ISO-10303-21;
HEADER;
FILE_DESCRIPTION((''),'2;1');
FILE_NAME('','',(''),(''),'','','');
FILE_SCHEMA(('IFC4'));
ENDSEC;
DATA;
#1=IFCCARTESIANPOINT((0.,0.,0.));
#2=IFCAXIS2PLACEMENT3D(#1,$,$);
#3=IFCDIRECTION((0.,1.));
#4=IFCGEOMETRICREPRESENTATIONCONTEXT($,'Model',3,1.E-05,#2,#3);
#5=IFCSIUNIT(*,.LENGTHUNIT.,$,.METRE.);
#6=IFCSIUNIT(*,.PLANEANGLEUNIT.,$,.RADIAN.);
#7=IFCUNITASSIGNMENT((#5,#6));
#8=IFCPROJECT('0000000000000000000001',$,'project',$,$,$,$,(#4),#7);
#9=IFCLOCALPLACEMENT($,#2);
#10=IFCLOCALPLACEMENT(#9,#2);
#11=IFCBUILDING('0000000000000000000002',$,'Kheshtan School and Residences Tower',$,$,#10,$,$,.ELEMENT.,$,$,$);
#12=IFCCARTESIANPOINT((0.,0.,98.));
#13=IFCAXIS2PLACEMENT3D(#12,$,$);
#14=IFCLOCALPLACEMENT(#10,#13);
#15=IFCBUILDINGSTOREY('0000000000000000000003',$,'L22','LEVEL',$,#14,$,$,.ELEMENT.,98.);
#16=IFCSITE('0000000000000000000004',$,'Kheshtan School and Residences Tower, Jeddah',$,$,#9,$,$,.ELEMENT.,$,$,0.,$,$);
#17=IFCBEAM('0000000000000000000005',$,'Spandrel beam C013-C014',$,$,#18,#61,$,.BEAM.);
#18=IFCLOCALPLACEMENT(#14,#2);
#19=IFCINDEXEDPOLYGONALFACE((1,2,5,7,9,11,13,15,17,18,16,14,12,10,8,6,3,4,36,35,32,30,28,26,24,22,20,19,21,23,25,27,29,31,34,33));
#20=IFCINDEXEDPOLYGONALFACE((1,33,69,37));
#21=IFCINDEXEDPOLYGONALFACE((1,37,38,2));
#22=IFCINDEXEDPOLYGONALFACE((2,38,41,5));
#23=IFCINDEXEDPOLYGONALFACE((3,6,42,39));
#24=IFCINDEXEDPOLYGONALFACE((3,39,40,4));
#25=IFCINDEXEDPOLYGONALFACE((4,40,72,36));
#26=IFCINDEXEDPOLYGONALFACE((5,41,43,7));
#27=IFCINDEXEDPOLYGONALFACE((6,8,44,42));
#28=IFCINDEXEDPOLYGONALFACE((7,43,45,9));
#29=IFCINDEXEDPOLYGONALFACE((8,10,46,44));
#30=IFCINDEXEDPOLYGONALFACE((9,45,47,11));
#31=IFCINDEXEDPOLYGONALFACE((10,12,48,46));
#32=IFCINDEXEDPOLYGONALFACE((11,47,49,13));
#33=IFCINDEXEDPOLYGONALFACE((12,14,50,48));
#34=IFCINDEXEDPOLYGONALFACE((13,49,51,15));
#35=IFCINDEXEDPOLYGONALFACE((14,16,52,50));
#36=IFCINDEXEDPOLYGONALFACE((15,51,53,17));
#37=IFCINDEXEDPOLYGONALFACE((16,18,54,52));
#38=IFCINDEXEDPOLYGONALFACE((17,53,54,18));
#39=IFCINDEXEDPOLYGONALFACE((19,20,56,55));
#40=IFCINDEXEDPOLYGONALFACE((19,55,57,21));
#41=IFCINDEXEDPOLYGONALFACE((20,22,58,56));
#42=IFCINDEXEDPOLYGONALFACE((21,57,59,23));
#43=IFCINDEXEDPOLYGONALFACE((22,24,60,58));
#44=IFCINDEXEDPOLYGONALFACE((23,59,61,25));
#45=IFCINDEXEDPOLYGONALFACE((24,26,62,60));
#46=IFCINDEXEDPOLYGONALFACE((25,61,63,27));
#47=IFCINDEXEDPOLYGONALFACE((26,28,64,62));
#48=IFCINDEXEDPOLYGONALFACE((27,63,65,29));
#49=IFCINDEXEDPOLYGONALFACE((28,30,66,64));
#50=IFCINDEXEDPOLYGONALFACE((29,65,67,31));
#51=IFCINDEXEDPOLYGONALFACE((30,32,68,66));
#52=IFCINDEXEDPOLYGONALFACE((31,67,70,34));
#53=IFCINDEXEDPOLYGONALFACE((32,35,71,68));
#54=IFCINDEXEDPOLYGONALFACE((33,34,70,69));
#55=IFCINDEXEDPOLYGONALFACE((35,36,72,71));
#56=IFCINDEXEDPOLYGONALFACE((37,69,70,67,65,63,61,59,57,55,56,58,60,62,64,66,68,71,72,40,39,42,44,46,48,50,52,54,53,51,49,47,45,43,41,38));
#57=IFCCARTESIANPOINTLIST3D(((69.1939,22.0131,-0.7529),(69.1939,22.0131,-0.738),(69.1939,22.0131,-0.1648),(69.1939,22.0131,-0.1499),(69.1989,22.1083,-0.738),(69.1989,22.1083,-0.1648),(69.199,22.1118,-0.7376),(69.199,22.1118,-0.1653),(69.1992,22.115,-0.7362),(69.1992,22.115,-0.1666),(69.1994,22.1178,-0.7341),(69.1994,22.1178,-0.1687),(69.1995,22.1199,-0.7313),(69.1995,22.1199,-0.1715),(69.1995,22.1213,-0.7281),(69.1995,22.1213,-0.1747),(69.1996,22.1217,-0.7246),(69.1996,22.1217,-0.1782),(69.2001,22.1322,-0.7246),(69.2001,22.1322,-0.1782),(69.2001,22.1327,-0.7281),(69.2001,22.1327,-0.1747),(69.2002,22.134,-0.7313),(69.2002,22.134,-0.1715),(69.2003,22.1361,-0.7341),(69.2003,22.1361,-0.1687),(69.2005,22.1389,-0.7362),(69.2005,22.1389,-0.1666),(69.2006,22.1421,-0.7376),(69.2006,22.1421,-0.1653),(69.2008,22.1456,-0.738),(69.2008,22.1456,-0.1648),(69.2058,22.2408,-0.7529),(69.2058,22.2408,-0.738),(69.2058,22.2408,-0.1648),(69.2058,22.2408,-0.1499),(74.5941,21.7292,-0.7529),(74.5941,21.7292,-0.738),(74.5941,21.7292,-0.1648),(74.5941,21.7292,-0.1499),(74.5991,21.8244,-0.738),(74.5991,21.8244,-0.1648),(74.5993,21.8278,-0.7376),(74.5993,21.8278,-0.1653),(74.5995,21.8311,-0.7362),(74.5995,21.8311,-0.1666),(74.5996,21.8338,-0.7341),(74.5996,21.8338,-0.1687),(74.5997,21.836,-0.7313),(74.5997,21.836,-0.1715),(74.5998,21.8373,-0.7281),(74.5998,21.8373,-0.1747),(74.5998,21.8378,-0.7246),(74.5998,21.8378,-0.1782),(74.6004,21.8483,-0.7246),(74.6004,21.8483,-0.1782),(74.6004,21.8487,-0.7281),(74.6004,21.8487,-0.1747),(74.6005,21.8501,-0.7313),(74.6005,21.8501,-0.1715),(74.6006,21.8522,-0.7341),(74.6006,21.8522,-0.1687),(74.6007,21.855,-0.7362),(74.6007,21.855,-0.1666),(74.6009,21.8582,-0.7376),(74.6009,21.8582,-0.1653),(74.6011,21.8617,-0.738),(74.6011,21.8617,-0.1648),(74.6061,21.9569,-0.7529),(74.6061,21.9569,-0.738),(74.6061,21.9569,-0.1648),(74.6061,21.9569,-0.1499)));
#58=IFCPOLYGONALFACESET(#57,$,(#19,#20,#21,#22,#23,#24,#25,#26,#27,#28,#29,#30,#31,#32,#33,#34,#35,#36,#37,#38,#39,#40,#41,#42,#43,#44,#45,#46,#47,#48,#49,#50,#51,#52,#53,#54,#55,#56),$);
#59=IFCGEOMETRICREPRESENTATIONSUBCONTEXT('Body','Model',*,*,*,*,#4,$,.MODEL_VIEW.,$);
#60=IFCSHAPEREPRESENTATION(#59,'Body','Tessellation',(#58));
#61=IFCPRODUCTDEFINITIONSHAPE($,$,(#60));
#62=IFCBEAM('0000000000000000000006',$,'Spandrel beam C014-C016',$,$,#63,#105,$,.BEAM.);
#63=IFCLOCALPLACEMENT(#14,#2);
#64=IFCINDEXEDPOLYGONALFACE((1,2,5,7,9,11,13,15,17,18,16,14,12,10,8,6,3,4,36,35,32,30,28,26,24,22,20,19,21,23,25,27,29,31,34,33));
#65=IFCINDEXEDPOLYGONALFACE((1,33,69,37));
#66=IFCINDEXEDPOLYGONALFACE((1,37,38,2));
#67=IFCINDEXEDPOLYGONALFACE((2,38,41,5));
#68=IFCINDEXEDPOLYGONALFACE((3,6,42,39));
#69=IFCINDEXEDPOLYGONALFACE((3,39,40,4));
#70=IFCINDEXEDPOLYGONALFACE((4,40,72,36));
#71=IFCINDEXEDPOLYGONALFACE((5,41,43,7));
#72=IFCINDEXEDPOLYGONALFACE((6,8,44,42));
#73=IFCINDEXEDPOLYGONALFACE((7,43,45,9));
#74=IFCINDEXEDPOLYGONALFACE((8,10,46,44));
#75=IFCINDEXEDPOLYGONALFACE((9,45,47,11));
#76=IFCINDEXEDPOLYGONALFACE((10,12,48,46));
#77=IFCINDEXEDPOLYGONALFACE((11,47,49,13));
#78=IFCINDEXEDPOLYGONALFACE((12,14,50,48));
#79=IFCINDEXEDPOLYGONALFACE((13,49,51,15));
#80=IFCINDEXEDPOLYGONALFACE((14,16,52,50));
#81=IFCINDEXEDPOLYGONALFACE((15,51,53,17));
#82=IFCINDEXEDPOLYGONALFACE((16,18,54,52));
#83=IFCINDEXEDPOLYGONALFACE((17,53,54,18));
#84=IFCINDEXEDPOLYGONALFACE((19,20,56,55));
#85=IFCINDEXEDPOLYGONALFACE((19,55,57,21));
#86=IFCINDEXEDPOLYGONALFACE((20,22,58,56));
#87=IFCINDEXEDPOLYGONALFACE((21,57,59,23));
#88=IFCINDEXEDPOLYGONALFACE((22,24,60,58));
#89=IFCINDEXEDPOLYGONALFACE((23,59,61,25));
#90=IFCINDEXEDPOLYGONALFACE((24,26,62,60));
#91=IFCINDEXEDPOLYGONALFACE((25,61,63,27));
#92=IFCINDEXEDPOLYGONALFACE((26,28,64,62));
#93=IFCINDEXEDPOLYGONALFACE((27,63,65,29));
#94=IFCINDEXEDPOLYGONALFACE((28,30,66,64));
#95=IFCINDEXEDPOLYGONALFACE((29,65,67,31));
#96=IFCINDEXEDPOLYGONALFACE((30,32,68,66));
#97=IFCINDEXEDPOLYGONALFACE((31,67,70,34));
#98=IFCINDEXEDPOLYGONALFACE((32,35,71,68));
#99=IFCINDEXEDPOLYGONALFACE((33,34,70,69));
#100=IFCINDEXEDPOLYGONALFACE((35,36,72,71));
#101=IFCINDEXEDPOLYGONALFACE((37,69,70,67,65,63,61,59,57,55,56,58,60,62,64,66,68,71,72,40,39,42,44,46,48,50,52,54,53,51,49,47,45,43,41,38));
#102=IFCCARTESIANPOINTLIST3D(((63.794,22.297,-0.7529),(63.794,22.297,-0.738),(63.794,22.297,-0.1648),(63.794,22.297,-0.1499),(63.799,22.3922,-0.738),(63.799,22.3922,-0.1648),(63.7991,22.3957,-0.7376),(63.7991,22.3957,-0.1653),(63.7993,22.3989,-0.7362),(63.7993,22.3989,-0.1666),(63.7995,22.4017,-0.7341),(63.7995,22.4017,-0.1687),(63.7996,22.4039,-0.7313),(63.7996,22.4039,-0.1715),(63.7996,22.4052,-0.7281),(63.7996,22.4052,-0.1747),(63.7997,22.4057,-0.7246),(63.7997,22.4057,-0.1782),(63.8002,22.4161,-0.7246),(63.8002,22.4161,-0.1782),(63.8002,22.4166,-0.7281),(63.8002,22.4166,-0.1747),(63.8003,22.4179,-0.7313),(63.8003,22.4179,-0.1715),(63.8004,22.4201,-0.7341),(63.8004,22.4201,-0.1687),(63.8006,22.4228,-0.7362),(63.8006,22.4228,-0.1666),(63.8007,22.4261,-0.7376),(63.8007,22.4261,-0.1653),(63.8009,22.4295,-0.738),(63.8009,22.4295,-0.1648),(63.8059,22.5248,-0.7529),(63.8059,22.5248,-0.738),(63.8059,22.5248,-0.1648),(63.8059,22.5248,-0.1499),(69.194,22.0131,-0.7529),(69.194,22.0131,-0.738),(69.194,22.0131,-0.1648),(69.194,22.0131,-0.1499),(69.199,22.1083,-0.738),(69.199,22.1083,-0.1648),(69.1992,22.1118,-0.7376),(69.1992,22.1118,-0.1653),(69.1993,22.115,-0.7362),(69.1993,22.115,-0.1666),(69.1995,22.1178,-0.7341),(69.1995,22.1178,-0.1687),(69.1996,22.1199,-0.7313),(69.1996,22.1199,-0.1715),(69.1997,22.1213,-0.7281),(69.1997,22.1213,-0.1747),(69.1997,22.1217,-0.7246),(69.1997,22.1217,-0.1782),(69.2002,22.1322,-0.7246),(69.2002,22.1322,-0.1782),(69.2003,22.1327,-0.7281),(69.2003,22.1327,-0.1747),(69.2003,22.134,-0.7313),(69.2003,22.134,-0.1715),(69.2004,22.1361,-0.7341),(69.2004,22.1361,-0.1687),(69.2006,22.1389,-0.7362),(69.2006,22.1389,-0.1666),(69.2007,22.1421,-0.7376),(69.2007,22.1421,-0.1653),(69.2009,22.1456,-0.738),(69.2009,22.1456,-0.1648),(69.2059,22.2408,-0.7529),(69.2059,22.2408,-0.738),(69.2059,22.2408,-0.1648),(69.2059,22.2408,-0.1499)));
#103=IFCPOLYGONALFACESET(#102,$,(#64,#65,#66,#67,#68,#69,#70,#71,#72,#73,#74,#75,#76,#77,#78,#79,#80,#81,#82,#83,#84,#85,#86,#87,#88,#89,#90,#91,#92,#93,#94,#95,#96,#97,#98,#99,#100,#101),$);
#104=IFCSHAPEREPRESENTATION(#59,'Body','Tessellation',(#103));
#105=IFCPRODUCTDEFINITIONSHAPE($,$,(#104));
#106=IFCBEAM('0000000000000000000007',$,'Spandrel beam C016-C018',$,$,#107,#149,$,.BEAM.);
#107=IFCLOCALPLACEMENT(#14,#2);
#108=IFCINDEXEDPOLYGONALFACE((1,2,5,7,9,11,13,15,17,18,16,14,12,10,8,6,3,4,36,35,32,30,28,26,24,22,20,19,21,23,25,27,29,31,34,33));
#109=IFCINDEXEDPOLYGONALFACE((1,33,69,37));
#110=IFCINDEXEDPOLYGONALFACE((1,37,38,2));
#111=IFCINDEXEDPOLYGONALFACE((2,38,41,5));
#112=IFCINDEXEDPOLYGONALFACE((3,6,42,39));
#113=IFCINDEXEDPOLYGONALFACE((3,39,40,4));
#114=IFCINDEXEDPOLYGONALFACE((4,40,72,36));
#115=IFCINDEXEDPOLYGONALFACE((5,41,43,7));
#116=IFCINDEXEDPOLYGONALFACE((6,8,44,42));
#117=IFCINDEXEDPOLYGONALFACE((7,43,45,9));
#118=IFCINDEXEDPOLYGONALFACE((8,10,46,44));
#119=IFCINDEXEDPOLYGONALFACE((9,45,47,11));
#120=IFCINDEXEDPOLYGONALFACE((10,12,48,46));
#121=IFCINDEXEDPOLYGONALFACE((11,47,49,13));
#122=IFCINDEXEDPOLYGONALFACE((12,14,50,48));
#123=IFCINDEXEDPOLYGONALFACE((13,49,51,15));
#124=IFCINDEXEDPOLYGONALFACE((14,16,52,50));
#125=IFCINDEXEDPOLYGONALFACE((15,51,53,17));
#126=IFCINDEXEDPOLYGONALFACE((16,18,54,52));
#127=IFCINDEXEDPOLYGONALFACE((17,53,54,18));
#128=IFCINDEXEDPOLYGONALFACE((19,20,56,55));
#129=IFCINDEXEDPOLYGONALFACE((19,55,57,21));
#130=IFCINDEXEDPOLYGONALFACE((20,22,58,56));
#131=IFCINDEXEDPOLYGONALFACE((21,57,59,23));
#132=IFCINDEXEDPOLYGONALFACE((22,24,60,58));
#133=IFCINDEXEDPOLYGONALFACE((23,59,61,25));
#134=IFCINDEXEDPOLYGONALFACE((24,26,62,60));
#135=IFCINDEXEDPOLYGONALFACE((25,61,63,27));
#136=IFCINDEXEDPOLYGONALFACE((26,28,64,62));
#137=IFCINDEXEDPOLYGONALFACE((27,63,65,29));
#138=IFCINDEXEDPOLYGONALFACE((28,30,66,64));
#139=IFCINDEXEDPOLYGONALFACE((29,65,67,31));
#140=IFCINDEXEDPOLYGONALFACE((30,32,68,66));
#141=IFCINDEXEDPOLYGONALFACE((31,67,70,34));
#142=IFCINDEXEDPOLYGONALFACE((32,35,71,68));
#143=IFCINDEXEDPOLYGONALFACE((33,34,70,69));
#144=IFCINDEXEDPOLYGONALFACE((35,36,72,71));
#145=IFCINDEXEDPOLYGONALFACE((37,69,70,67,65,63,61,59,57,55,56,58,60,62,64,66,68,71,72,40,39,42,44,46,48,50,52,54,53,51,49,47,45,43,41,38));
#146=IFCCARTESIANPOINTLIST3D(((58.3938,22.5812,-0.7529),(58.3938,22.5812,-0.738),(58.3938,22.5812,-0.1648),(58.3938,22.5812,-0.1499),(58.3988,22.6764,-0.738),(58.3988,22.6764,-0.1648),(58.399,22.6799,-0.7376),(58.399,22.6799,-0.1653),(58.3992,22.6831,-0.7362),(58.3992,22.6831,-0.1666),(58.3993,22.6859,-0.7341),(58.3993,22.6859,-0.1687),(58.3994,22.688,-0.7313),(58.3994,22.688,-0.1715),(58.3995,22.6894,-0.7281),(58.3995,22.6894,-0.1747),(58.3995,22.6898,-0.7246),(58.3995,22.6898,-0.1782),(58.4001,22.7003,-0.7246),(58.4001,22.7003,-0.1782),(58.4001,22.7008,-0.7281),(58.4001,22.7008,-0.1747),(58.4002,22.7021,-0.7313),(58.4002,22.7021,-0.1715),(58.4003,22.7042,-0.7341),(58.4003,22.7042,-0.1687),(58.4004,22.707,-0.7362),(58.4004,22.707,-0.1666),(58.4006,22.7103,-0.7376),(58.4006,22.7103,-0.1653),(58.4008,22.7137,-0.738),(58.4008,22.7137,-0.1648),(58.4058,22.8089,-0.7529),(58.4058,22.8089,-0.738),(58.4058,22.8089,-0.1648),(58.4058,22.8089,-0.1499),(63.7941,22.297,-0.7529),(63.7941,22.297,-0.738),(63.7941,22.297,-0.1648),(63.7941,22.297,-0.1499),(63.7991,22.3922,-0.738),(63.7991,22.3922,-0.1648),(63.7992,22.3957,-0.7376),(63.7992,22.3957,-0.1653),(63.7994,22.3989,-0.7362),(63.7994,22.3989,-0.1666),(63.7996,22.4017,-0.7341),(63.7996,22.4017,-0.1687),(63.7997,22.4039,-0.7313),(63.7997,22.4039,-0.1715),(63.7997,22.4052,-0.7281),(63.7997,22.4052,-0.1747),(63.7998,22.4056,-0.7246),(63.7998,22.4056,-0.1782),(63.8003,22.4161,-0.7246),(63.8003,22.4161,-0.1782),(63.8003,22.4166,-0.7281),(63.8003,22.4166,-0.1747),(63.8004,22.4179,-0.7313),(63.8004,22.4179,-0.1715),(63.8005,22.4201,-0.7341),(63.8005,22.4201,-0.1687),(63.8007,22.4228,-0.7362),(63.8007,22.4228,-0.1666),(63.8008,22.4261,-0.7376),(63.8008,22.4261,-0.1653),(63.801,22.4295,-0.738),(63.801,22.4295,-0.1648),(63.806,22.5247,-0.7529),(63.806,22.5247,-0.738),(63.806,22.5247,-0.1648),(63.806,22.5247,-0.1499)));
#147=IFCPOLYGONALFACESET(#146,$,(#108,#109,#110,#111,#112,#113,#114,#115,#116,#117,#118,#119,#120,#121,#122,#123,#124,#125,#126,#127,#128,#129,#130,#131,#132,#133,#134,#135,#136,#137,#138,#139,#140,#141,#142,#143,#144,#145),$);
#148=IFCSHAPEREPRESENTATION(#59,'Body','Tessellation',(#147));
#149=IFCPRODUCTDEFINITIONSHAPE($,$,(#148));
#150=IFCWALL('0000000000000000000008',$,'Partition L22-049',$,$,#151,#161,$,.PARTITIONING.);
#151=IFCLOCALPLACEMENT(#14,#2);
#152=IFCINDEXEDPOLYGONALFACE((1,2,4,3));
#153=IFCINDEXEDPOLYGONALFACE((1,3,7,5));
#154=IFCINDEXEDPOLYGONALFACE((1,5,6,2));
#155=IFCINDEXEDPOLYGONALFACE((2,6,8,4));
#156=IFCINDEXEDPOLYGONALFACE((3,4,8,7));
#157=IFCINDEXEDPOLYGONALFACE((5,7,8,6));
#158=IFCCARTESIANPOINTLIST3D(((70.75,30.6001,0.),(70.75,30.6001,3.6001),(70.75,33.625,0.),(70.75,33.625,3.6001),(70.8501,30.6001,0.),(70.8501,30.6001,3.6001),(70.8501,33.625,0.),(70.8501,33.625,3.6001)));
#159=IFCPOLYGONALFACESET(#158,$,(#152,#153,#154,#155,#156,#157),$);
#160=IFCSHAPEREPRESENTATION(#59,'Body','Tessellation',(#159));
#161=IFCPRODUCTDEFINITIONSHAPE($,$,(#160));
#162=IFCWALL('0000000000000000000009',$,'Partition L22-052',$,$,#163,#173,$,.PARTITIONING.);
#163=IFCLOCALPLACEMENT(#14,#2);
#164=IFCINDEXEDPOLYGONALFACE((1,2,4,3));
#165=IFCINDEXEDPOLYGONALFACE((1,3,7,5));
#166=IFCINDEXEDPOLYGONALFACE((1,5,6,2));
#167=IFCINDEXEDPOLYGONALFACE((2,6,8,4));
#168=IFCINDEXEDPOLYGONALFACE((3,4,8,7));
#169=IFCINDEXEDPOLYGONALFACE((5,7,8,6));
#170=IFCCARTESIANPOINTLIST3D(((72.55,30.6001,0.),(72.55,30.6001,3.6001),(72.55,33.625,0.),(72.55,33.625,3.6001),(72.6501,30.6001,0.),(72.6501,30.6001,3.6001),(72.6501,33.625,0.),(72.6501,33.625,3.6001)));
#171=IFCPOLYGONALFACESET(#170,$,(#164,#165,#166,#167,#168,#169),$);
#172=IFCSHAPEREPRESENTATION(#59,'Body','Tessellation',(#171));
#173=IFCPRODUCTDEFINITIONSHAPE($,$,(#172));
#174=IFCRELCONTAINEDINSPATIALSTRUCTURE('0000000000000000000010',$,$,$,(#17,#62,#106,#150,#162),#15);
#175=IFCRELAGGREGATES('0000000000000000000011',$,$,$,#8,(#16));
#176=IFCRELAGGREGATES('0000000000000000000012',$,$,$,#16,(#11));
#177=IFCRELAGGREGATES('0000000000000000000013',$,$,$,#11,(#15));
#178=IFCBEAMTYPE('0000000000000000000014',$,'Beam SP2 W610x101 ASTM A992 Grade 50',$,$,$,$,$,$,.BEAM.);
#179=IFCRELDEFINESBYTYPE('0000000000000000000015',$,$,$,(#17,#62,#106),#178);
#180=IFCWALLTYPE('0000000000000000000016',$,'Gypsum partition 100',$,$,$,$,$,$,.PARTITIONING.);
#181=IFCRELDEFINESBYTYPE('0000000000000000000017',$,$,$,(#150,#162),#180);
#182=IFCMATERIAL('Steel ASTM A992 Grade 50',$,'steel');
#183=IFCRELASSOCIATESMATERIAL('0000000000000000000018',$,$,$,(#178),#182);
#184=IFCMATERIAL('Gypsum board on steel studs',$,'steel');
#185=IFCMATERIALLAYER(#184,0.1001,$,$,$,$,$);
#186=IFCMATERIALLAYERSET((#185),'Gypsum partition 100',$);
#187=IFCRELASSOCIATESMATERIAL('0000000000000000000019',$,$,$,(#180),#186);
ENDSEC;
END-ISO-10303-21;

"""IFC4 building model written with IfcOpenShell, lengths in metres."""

from ifc_helpers import new_model, si_unit, direction, frame, frame_2d, origin, origin_2d, place, context, subcontext, project, spatial, rectangle, i_section, extrude, material, layer, layer_set, material_profile, profile_set, type_object, element, save


model = new_model("IFC4")

# Units and contexts
model_context = context("Model", 3, precision=1e-05, world=origin(), true_north=direction((0.0, 1.0)))
body_context = subcontext(model_context, "Body", "Model", "MODEL_VIEW")
ifc_project = project(units=[si_unit("LENGTHUNIT", "METRE"), si_unit("PLANEANGLEUNIT", "RADIAN")], contexts=[model_context])

# Site, building, storey
site_placement = place(None, origin())
site = spatial("IfcSite", under=ifc_project, at=site_placement, Name="Kheshtan School and Residences Tower, Jeddah", CompositionType="ELEMENT", RefElevation=0.0)
building_placement = place(site_placement, origin())
building = spatial("IfcBuilding", under=site, at=building_placement, Name="Kheshtan School and Residences Tower", CompositionType="ELEMENT")
storey_placement = place(building_placement, frame((0.0, 0.0, 98.0)))
storey = spatial("IfcBuildingStorey", under=building, at=storey_placement, Name="L22", Description="LEVEL", CompositionType="ELEMENT", Elevation=98.0)

# Shared definitions
ifc_material_1 = material(Name="Steel ASTM A992 Grade 50", Category="steel")

# Beams
ifc_material_profile_1 = material_profile(ifc_material_1, i_section(OverallWidth=0.228, OverallDepth=0.603, WebThickness=0.0105, FlangeThickness=0.0149, FilletRadius=0.0134, at=origin_2d()), Name="W610x101")
ifc_profile_set_1 = profile_set([ifc_material_profile_1], Name="Steel ASTM A992 Grade 50")
beam_type_1 = type_object("IfcBeamType", Name="Beam SP2 W610x101 ASTM A992 Grade 50", PredefinedType="BEAM", material=ifc_profile_set_1)
beam_1_placement = place(storey_placement, frame((74.6001, 21.843, -0.4514), z_axis=(-0.998621, 0.052507, 0.0), x_axis=(-0.052507, -0.998621, 0.0)))
element("IfcBeam", 1, at=beam_1_placement, inside=storey, type_object=beam_type_1, Name="Spandrel beam C013-C014", PredefinedType="BEAM", context=body_context, shape_type="SweptSolid", body=[
    extrude(i_section(OverallWidth=0.228, OverallDepth=0.603, WebThickness=0.0105, FlangeThickness=0.0149, FilletRadius=0.0134, at=origin_2d()), origin(), (0.0, 0.0, 1.0), 5.4077),
])
beam_2_placement = place(storey_placement, frame((69.2, 22.127, -0.4514), z_axis=(-0.99862, 0.052509, 0.0), x_axis=(-0.052509, -0.99862, 0.0)))
element("IfcBeam", 2, at=beam_2_placement, inside=storey, type_object=beam_type_1, Name="Spandrel beam C014-C016", PredefinedType="BEAM", context=body_context, shape_type="SweptSolid", body=[
    extrude(i_section(OverallWidth=0.228, OverallDepth=0.603, WebThickness=0.0105, FlangeThickness=0.0149, FilletRadius=0.0134, at=origin_2d()), origin(), (0.0, 0.0, 1.0), 5.4075),
])
beam_3_placement = place(storey_placement, frame((63.8, 22.4109, -0.4514), z_axis=(-0.998618, 0.052552, 0.0), x_axis=(-0.052552, -0.998618, 0.0)))
element("IfcBeam", 3, at=beam_3_placement, inside=storey, type_object=beam_type_1, Name="Spandrel beam C016-C018", PredefinedType="BEAM", context=body_context, shape_type="SweptSolid", body=[
    extrude(i_section(OverallWidth=0.228, OverallDepth=0.603, WebThickness=0.0105, FlangeThickness=0.0149, FilletRadius=0.0134, at=origin_2d()), origin(), (0.0, 0.0, 1.0), 5.4077),
])

# Walls
ifc_material_2 = material(Name="Gypsum board on steel studs", Category="steel")
ifc_layer_1 = layer(ifc_material_2, 0.1001)
ifc_layer_set_1 = layer_set([ifc_layer_1], Name="Gypsum partition 100")
wall_type_1 = type_object("IfcWallType", Name="Gypsum partition 100", PredefinedType="PARTITIONING", material=ifc_layer_set_1)
for number, where, z_axis, x_axis, name in (
    (4, (70.8, 30.6001, 0.0), (0.0, 0.0, 1.0), (0.0, 1.0, 0.0), "Partition L22-049"),
    (5, (72.6001, 30.6001, 0.0), (0.0, 0.0, 1.0), (0.0, 1.0, 0.0), "Partition L22-052"),
):
    element("IfcWall", number, at=place(storey_placement, frame(where, z_axis=z_axis, x_axis=x_axis)), inside=storey, type_object=wall_type_1, Name=name, PredefinedType="PARTITIONING", context=body_context, shape_type="SweptSolid", body=[
        extrude(rectangle(XDim=3.0249, YDim=0.1001, at=frame_2d((1.5125, 0.0))), origin(), (0.0, 0.0, 1.0), 3.6001),
    ])

save(model, "model.ifc")
